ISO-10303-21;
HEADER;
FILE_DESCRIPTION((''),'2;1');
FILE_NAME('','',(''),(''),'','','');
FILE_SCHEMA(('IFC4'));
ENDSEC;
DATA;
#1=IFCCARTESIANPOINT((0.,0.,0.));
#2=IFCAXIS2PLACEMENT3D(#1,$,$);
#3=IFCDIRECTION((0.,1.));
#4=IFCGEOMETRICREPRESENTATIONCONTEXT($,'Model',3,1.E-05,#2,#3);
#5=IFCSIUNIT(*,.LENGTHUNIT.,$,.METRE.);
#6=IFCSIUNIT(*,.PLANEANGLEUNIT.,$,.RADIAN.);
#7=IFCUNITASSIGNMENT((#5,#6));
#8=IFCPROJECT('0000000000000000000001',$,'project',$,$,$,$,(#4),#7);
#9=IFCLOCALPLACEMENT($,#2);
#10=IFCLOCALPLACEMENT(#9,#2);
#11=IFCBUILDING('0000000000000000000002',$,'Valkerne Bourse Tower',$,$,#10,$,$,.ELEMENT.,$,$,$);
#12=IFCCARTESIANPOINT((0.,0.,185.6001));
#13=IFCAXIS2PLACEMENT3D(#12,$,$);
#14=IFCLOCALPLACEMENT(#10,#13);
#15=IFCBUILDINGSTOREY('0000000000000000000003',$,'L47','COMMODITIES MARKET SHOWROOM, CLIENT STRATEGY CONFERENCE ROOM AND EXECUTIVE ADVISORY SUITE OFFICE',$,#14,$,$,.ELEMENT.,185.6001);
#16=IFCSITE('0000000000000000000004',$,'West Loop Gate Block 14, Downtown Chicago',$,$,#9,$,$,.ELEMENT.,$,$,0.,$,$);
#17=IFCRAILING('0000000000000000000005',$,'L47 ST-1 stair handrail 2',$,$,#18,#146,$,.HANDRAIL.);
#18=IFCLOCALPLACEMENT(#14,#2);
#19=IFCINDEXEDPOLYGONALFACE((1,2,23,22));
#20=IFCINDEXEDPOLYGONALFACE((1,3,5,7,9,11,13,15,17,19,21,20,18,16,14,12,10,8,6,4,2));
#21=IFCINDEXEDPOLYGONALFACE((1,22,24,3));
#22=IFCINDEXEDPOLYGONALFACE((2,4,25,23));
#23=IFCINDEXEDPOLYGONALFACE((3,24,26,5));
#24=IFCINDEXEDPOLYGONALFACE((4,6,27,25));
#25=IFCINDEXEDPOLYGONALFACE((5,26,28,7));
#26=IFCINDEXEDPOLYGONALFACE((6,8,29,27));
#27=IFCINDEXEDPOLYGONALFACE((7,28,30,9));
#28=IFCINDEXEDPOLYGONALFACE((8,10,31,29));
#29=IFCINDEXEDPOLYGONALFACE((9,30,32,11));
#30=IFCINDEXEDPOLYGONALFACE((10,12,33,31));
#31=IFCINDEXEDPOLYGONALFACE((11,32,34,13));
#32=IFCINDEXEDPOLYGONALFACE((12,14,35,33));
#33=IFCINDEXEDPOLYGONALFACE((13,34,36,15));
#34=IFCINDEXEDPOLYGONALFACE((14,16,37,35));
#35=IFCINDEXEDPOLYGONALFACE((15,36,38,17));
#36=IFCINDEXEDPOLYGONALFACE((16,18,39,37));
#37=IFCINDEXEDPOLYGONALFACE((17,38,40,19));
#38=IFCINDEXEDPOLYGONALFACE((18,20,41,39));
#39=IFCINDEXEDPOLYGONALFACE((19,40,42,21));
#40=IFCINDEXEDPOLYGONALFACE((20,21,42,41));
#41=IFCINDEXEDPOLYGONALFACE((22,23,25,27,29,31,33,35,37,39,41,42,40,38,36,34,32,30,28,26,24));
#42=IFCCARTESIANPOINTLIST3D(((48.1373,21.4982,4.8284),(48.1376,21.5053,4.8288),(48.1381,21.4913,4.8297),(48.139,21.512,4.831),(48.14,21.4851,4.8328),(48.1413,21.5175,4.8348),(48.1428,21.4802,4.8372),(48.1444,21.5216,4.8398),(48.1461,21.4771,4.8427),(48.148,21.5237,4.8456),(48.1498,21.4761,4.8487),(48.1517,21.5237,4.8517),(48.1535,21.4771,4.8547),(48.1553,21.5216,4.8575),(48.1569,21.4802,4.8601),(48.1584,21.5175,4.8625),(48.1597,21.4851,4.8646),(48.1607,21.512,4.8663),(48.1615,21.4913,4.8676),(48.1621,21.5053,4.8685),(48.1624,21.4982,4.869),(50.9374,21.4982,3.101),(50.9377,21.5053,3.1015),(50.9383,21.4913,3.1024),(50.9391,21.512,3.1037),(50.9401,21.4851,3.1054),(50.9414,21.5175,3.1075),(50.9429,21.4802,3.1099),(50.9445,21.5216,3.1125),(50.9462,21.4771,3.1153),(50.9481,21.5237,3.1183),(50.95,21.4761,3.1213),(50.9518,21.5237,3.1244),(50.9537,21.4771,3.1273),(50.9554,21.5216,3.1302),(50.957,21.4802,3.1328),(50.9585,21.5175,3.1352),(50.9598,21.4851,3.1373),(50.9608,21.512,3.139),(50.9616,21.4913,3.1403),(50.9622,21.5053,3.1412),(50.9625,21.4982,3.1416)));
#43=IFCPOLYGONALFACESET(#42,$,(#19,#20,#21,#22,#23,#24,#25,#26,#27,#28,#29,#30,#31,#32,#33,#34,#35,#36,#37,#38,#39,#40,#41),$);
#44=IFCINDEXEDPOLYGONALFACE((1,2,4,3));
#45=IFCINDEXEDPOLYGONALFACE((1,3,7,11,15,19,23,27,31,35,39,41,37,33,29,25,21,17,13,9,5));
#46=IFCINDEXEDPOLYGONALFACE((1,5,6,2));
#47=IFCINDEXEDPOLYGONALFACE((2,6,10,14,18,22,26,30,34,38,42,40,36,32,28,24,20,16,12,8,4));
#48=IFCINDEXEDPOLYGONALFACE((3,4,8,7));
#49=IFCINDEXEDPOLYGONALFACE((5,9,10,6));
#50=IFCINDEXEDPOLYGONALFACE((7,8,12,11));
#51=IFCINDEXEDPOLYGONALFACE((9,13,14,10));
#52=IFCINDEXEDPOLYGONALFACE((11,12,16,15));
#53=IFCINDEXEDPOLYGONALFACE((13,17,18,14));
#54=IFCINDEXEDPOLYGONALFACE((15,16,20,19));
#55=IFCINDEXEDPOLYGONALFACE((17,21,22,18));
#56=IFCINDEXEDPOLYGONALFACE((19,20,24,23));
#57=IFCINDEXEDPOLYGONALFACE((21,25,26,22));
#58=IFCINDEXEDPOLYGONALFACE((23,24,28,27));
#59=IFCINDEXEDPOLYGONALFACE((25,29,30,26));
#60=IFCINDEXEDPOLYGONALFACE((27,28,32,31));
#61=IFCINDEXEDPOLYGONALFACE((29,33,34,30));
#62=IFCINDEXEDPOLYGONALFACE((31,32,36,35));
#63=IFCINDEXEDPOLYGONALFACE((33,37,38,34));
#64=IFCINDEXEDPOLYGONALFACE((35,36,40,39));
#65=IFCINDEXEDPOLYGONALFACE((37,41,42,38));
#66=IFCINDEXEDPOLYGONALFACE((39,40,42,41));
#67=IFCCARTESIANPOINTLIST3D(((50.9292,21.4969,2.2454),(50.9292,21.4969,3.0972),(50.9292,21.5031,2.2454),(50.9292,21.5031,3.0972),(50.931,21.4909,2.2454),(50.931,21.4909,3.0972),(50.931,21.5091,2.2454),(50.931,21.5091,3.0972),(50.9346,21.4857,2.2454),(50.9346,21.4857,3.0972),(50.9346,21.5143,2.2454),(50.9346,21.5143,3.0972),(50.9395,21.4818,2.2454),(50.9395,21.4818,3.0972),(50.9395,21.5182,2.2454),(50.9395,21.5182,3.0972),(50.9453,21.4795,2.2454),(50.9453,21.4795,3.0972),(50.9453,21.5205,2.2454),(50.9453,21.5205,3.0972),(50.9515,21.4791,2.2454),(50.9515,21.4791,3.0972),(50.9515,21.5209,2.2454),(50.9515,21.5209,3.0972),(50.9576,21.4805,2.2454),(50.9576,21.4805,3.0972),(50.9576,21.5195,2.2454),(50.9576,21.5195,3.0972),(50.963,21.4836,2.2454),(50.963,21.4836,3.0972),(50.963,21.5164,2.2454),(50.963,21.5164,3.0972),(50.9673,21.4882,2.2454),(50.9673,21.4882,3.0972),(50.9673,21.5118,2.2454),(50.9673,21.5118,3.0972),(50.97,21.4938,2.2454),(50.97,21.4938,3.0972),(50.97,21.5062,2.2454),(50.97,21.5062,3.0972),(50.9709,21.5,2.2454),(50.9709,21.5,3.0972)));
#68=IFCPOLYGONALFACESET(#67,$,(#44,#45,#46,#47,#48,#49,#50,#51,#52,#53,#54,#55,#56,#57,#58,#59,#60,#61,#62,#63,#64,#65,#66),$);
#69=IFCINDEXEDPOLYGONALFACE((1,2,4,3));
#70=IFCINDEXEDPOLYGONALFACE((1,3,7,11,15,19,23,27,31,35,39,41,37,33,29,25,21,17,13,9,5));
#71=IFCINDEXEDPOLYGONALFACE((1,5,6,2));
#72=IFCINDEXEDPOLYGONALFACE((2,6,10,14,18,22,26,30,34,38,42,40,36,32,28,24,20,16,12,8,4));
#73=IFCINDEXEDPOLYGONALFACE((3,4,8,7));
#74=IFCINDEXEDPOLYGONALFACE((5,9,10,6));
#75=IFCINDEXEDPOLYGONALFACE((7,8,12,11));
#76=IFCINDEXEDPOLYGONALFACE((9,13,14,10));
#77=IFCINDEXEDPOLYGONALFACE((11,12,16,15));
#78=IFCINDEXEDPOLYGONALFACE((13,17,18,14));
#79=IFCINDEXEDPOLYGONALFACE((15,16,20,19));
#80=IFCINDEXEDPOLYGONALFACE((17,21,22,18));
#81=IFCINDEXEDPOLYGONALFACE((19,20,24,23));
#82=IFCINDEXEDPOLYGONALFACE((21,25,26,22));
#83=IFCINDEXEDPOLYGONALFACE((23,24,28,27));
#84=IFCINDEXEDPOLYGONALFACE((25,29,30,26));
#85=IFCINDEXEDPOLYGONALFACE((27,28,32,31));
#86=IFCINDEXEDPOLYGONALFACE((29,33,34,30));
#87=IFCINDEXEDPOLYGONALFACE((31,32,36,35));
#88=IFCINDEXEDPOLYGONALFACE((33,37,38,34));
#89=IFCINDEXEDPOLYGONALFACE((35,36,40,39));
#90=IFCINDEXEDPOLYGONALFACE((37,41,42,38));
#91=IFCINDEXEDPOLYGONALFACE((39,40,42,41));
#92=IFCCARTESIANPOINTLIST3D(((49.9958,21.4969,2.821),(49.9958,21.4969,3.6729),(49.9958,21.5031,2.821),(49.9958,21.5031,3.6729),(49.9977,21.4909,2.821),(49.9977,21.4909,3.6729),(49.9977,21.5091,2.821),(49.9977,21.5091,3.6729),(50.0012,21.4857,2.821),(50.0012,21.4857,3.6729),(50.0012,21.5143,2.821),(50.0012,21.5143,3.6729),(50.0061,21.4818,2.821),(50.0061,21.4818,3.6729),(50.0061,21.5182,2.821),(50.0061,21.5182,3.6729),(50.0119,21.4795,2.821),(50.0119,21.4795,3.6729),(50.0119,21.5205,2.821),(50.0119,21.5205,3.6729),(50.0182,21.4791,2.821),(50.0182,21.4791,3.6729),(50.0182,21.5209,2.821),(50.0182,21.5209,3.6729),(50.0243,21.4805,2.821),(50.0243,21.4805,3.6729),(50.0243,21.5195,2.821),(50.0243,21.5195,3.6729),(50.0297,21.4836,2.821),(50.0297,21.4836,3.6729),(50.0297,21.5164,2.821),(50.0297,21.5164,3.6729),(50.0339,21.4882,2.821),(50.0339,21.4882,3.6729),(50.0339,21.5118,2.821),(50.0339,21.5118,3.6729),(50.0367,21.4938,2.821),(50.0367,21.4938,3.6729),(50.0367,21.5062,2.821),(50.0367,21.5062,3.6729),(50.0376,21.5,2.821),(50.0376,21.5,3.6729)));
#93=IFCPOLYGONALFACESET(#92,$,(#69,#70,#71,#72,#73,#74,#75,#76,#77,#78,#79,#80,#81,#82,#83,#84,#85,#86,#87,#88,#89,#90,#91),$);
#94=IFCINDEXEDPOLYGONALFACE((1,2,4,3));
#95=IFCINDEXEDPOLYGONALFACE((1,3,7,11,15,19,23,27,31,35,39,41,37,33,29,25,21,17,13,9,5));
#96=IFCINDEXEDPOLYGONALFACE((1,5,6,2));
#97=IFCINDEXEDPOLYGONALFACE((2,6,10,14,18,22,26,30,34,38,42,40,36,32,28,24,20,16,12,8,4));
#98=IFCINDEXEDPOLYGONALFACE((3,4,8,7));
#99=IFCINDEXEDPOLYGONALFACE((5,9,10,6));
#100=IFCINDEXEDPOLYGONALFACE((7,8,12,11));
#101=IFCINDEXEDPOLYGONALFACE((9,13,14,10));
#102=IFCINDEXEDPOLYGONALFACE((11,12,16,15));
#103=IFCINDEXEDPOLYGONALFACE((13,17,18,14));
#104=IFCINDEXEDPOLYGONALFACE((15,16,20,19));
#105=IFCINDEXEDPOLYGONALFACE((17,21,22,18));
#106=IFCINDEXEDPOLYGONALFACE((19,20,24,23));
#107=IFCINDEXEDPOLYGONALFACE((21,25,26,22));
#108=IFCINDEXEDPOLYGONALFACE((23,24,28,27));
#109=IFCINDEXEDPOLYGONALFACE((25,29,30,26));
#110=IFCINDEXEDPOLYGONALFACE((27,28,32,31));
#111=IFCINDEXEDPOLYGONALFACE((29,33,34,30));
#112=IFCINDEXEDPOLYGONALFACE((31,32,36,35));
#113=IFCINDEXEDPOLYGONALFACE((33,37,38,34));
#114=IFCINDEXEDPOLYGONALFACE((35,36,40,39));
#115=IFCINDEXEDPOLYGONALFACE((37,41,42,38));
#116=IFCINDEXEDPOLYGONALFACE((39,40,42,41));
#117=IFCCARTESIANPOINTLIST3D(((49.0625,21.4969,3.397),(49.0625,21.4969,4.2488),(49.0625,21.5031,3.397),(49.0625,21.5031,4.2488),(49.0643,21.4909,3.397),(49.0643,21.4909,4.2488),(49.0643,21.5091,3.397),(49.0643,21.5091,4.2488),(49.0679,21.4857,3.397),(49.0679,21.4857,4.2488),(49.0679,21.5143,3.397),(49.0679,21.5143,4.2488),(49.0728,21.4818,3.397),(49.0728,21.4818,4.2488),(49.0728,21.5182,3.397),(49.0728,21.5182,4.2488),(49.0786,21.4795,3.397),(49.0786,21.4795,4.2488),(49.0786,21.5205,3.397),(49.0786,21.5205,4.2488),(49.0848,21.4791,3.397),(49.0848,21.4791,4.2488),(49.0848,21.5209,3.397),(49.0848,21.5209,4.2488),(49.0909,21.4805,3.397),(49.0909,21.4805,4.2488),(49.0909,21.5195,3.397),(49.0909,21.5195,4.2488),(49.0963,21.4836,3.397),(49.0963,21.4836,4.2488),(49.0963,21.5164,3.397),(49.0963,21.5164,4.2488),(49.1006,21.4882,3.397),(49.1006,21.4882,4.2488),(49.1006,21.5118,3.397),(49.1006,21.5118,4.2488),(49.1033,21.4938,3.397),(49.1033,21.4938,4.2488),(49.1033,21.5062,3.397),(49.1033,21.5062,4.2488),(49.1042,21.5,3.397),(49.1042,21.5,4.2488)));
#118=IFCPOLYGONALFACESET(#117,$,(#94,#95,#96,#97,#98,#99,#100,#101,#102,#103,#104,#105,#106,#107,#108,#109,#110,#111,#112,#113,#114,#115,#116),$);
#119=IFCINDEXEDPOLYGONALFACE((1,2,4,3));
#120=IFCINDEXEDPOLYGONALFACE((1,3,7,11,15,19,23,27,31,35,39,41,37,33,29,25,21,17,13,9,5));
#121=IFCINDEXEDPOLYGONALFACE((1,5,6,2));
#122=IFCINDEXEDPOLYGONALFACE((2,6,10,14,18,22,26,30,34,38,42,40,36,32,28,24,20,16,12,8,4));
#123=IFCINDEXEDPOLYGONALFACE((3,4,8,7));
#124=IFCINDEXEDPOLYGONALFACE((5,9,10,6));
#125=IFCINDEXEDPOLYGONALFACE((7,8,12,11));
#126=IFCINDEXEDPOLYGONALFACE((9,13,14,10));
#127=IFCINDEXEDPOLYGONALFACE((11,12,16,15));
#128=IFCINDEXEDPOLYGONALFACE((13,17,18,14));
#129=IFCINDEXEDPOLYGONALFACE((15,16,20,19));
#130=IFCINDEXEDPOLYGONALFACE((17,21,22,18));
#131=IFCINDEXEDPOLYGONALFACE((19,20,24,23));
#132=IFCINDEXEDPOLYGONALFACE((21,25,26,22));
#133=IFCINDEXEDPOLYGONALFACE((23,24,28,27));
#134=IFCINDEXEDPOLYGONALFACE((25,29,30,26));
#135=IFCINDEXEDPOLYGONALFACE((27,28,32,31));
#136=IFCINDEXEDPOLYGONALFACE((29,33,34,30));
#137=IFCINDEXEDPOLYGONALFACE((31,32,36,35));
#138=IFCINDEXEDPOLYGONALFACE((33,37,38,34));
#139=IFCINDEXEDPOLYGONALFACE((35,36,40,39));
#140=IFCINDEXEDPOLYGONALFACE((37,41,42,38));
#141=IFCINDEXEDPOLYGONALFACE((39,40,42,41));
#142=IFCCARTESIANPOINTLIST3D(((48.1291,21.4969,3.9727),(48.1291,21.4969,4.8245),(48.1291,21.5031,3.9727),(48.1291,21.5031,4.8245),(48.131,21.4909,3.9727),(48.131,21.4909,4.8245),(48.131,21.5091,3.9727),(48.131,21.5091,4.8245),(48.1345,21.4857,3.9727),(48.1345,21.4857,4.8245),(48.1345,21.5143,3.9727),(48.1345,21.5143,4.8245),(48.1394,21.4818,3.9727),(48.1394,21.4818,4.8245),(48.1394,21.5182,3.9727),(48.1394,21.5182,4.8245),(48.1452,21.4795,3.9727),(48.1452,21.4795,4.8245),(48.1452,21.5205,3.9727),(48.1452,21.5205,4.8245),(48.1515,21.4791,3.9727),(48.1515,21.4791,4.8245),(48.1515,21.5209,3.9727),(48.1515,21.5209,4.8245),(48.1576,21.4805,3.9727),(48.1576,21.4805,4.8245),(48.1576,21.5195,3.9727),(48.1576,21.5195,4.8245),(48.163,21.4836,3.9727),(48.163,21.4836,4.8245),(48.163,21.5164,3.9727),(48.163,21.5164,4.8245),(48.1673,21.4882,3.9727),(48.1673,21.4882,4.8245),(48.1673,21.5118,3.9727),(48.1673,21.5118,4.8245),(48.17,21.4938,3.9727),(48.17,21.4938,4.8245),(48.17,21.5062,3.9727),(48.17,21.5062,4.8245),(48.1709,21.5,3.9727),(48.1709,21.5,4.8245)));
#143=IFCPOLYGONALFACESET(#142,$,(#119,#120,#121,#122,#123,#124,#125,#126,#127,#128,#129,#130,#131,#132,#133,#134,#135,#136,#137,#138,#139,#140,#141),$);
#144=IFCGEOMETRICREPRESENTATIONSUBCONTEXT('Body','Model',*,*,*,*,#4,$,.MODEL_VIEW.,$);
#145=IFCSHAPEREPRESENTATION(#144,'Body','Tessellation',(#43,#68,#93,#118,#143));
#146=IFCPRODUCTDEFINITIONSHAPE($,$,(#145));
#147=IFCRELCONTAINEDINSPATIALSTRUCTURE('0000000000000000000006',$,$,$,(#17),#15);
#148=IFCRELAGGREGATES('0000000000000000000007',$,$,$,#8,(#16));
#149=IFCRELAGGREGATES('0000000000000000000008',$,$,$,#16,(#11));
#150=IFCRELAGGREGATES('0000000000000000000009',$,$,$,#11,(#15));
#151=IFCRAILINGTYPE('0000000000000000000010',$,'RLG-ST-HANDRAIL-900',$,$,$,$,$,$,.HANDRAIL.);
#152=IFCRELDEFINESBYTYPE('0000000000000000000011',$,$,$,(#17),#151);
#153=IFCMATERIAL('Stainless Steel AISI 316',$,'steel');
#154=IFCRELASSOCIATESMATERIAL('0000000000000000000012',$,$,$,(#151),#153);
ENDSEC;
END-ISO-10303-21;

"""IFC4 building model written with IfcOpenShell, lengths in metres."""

from ifc_helpers import new_model, si_unit, direction, frame, origin, origin_2d, place, context, subcontext, project, spatial, circle, extrude, material, type_object, element, save


model = new_model("IFC4")

# Units and contexts
model_context = context("Model", 3, precision=1e-05, world=origin(), true_north=direction((0.0, 1.0)))
body_context = subcontext(model_context, "Body", "Model", "MODEL_VIEW")
ifc_project = project(units=[si_unit("LENGTHUNIT", "METRE"), si_unit("PLANEANGLEUNIT", "RADIAN")], contexts=[model_context])

# Site, building, storey
site_placement = place(None, origin())
site = spatial("IfcSite", under=ifc_project, at=site_placement, Name="West Loop Gate Block 14, Downtown Chicago", CompositionType="ELEMENT", RefElevation=0.0)
building_placement = place(site_placement, origin())
building = spatial("IfcBuilding", under=site, at=building_placement, Name="Valkerne Bourse Tower", CompositionType="ELEMENT")
storey_placement = place(building_placement, frame((0.0, 0.0, 185.6001)))
storey = spatial("IfcBuildingStorey", under=building, at=storey_placement, Name="L47", Description="COMMODITIES MARKET SHOWROOM, CLIENT STRATEGY CONFERENCE ROOM AND EXECUTIVE ADVISORY SUITE OFFICE", CompositionType="ELEMENT", Elevation=185.6001)

# Shared definitions
ifc_material_1 = material(Name="Stainless Steel AISI 316", Category="steel")

# Railing
railing_type_1 = type_object("IfcRailingType", Name="RLG-ST-HANDRAIL-900", PredefinedType="HANDRAIL", material=ifc_material_1)
railing_1_placement = place(storey_placement, frame((50.95, 21.5, 2.2454)))
element("IfcRailing", 1, at=railing_1_placement, inside=storey, type_object=railing_type_1, Name="L47 ST-1 stair handrail 2", PredefinedType="HANDRAIL", context=body_context, shape_type="SweptSolid", body=[
    extrude(circle(Radius=0.0239, at=origin_2d()), frame((0.0, 0.0, 0.876), z_axis=(-0.85109, 0.0, 0.52502), x_axis=(0.0, -1.0, 0.0)), (0.0, 0.0, 1.0), 3.29),
    extrude(circle(Radius=0.021, at=origin_2d()), origin(), (0.0, 0.0, 1.0), 0.8518),
    extrude(circle(Radius=0.021, at=origin_2d()), frame((-0.9333, 0.0, 0.5757)), (0.0, 0.0, 1.0), 0.8518),
    extrude(circle(Radius=0.021, at=origin_2d()), frame((-1.8667, 0.0, 1.1516)), (0.0, 0.0, 1.0), 0.8518),
    extrude(circle(Radius=0.021, at=origin_2d()), frame((-2.8, 0.0, 1.7273)), (0.0, 0.0, 1.0), 0.8518),
])

save(model, "model.ifc")
